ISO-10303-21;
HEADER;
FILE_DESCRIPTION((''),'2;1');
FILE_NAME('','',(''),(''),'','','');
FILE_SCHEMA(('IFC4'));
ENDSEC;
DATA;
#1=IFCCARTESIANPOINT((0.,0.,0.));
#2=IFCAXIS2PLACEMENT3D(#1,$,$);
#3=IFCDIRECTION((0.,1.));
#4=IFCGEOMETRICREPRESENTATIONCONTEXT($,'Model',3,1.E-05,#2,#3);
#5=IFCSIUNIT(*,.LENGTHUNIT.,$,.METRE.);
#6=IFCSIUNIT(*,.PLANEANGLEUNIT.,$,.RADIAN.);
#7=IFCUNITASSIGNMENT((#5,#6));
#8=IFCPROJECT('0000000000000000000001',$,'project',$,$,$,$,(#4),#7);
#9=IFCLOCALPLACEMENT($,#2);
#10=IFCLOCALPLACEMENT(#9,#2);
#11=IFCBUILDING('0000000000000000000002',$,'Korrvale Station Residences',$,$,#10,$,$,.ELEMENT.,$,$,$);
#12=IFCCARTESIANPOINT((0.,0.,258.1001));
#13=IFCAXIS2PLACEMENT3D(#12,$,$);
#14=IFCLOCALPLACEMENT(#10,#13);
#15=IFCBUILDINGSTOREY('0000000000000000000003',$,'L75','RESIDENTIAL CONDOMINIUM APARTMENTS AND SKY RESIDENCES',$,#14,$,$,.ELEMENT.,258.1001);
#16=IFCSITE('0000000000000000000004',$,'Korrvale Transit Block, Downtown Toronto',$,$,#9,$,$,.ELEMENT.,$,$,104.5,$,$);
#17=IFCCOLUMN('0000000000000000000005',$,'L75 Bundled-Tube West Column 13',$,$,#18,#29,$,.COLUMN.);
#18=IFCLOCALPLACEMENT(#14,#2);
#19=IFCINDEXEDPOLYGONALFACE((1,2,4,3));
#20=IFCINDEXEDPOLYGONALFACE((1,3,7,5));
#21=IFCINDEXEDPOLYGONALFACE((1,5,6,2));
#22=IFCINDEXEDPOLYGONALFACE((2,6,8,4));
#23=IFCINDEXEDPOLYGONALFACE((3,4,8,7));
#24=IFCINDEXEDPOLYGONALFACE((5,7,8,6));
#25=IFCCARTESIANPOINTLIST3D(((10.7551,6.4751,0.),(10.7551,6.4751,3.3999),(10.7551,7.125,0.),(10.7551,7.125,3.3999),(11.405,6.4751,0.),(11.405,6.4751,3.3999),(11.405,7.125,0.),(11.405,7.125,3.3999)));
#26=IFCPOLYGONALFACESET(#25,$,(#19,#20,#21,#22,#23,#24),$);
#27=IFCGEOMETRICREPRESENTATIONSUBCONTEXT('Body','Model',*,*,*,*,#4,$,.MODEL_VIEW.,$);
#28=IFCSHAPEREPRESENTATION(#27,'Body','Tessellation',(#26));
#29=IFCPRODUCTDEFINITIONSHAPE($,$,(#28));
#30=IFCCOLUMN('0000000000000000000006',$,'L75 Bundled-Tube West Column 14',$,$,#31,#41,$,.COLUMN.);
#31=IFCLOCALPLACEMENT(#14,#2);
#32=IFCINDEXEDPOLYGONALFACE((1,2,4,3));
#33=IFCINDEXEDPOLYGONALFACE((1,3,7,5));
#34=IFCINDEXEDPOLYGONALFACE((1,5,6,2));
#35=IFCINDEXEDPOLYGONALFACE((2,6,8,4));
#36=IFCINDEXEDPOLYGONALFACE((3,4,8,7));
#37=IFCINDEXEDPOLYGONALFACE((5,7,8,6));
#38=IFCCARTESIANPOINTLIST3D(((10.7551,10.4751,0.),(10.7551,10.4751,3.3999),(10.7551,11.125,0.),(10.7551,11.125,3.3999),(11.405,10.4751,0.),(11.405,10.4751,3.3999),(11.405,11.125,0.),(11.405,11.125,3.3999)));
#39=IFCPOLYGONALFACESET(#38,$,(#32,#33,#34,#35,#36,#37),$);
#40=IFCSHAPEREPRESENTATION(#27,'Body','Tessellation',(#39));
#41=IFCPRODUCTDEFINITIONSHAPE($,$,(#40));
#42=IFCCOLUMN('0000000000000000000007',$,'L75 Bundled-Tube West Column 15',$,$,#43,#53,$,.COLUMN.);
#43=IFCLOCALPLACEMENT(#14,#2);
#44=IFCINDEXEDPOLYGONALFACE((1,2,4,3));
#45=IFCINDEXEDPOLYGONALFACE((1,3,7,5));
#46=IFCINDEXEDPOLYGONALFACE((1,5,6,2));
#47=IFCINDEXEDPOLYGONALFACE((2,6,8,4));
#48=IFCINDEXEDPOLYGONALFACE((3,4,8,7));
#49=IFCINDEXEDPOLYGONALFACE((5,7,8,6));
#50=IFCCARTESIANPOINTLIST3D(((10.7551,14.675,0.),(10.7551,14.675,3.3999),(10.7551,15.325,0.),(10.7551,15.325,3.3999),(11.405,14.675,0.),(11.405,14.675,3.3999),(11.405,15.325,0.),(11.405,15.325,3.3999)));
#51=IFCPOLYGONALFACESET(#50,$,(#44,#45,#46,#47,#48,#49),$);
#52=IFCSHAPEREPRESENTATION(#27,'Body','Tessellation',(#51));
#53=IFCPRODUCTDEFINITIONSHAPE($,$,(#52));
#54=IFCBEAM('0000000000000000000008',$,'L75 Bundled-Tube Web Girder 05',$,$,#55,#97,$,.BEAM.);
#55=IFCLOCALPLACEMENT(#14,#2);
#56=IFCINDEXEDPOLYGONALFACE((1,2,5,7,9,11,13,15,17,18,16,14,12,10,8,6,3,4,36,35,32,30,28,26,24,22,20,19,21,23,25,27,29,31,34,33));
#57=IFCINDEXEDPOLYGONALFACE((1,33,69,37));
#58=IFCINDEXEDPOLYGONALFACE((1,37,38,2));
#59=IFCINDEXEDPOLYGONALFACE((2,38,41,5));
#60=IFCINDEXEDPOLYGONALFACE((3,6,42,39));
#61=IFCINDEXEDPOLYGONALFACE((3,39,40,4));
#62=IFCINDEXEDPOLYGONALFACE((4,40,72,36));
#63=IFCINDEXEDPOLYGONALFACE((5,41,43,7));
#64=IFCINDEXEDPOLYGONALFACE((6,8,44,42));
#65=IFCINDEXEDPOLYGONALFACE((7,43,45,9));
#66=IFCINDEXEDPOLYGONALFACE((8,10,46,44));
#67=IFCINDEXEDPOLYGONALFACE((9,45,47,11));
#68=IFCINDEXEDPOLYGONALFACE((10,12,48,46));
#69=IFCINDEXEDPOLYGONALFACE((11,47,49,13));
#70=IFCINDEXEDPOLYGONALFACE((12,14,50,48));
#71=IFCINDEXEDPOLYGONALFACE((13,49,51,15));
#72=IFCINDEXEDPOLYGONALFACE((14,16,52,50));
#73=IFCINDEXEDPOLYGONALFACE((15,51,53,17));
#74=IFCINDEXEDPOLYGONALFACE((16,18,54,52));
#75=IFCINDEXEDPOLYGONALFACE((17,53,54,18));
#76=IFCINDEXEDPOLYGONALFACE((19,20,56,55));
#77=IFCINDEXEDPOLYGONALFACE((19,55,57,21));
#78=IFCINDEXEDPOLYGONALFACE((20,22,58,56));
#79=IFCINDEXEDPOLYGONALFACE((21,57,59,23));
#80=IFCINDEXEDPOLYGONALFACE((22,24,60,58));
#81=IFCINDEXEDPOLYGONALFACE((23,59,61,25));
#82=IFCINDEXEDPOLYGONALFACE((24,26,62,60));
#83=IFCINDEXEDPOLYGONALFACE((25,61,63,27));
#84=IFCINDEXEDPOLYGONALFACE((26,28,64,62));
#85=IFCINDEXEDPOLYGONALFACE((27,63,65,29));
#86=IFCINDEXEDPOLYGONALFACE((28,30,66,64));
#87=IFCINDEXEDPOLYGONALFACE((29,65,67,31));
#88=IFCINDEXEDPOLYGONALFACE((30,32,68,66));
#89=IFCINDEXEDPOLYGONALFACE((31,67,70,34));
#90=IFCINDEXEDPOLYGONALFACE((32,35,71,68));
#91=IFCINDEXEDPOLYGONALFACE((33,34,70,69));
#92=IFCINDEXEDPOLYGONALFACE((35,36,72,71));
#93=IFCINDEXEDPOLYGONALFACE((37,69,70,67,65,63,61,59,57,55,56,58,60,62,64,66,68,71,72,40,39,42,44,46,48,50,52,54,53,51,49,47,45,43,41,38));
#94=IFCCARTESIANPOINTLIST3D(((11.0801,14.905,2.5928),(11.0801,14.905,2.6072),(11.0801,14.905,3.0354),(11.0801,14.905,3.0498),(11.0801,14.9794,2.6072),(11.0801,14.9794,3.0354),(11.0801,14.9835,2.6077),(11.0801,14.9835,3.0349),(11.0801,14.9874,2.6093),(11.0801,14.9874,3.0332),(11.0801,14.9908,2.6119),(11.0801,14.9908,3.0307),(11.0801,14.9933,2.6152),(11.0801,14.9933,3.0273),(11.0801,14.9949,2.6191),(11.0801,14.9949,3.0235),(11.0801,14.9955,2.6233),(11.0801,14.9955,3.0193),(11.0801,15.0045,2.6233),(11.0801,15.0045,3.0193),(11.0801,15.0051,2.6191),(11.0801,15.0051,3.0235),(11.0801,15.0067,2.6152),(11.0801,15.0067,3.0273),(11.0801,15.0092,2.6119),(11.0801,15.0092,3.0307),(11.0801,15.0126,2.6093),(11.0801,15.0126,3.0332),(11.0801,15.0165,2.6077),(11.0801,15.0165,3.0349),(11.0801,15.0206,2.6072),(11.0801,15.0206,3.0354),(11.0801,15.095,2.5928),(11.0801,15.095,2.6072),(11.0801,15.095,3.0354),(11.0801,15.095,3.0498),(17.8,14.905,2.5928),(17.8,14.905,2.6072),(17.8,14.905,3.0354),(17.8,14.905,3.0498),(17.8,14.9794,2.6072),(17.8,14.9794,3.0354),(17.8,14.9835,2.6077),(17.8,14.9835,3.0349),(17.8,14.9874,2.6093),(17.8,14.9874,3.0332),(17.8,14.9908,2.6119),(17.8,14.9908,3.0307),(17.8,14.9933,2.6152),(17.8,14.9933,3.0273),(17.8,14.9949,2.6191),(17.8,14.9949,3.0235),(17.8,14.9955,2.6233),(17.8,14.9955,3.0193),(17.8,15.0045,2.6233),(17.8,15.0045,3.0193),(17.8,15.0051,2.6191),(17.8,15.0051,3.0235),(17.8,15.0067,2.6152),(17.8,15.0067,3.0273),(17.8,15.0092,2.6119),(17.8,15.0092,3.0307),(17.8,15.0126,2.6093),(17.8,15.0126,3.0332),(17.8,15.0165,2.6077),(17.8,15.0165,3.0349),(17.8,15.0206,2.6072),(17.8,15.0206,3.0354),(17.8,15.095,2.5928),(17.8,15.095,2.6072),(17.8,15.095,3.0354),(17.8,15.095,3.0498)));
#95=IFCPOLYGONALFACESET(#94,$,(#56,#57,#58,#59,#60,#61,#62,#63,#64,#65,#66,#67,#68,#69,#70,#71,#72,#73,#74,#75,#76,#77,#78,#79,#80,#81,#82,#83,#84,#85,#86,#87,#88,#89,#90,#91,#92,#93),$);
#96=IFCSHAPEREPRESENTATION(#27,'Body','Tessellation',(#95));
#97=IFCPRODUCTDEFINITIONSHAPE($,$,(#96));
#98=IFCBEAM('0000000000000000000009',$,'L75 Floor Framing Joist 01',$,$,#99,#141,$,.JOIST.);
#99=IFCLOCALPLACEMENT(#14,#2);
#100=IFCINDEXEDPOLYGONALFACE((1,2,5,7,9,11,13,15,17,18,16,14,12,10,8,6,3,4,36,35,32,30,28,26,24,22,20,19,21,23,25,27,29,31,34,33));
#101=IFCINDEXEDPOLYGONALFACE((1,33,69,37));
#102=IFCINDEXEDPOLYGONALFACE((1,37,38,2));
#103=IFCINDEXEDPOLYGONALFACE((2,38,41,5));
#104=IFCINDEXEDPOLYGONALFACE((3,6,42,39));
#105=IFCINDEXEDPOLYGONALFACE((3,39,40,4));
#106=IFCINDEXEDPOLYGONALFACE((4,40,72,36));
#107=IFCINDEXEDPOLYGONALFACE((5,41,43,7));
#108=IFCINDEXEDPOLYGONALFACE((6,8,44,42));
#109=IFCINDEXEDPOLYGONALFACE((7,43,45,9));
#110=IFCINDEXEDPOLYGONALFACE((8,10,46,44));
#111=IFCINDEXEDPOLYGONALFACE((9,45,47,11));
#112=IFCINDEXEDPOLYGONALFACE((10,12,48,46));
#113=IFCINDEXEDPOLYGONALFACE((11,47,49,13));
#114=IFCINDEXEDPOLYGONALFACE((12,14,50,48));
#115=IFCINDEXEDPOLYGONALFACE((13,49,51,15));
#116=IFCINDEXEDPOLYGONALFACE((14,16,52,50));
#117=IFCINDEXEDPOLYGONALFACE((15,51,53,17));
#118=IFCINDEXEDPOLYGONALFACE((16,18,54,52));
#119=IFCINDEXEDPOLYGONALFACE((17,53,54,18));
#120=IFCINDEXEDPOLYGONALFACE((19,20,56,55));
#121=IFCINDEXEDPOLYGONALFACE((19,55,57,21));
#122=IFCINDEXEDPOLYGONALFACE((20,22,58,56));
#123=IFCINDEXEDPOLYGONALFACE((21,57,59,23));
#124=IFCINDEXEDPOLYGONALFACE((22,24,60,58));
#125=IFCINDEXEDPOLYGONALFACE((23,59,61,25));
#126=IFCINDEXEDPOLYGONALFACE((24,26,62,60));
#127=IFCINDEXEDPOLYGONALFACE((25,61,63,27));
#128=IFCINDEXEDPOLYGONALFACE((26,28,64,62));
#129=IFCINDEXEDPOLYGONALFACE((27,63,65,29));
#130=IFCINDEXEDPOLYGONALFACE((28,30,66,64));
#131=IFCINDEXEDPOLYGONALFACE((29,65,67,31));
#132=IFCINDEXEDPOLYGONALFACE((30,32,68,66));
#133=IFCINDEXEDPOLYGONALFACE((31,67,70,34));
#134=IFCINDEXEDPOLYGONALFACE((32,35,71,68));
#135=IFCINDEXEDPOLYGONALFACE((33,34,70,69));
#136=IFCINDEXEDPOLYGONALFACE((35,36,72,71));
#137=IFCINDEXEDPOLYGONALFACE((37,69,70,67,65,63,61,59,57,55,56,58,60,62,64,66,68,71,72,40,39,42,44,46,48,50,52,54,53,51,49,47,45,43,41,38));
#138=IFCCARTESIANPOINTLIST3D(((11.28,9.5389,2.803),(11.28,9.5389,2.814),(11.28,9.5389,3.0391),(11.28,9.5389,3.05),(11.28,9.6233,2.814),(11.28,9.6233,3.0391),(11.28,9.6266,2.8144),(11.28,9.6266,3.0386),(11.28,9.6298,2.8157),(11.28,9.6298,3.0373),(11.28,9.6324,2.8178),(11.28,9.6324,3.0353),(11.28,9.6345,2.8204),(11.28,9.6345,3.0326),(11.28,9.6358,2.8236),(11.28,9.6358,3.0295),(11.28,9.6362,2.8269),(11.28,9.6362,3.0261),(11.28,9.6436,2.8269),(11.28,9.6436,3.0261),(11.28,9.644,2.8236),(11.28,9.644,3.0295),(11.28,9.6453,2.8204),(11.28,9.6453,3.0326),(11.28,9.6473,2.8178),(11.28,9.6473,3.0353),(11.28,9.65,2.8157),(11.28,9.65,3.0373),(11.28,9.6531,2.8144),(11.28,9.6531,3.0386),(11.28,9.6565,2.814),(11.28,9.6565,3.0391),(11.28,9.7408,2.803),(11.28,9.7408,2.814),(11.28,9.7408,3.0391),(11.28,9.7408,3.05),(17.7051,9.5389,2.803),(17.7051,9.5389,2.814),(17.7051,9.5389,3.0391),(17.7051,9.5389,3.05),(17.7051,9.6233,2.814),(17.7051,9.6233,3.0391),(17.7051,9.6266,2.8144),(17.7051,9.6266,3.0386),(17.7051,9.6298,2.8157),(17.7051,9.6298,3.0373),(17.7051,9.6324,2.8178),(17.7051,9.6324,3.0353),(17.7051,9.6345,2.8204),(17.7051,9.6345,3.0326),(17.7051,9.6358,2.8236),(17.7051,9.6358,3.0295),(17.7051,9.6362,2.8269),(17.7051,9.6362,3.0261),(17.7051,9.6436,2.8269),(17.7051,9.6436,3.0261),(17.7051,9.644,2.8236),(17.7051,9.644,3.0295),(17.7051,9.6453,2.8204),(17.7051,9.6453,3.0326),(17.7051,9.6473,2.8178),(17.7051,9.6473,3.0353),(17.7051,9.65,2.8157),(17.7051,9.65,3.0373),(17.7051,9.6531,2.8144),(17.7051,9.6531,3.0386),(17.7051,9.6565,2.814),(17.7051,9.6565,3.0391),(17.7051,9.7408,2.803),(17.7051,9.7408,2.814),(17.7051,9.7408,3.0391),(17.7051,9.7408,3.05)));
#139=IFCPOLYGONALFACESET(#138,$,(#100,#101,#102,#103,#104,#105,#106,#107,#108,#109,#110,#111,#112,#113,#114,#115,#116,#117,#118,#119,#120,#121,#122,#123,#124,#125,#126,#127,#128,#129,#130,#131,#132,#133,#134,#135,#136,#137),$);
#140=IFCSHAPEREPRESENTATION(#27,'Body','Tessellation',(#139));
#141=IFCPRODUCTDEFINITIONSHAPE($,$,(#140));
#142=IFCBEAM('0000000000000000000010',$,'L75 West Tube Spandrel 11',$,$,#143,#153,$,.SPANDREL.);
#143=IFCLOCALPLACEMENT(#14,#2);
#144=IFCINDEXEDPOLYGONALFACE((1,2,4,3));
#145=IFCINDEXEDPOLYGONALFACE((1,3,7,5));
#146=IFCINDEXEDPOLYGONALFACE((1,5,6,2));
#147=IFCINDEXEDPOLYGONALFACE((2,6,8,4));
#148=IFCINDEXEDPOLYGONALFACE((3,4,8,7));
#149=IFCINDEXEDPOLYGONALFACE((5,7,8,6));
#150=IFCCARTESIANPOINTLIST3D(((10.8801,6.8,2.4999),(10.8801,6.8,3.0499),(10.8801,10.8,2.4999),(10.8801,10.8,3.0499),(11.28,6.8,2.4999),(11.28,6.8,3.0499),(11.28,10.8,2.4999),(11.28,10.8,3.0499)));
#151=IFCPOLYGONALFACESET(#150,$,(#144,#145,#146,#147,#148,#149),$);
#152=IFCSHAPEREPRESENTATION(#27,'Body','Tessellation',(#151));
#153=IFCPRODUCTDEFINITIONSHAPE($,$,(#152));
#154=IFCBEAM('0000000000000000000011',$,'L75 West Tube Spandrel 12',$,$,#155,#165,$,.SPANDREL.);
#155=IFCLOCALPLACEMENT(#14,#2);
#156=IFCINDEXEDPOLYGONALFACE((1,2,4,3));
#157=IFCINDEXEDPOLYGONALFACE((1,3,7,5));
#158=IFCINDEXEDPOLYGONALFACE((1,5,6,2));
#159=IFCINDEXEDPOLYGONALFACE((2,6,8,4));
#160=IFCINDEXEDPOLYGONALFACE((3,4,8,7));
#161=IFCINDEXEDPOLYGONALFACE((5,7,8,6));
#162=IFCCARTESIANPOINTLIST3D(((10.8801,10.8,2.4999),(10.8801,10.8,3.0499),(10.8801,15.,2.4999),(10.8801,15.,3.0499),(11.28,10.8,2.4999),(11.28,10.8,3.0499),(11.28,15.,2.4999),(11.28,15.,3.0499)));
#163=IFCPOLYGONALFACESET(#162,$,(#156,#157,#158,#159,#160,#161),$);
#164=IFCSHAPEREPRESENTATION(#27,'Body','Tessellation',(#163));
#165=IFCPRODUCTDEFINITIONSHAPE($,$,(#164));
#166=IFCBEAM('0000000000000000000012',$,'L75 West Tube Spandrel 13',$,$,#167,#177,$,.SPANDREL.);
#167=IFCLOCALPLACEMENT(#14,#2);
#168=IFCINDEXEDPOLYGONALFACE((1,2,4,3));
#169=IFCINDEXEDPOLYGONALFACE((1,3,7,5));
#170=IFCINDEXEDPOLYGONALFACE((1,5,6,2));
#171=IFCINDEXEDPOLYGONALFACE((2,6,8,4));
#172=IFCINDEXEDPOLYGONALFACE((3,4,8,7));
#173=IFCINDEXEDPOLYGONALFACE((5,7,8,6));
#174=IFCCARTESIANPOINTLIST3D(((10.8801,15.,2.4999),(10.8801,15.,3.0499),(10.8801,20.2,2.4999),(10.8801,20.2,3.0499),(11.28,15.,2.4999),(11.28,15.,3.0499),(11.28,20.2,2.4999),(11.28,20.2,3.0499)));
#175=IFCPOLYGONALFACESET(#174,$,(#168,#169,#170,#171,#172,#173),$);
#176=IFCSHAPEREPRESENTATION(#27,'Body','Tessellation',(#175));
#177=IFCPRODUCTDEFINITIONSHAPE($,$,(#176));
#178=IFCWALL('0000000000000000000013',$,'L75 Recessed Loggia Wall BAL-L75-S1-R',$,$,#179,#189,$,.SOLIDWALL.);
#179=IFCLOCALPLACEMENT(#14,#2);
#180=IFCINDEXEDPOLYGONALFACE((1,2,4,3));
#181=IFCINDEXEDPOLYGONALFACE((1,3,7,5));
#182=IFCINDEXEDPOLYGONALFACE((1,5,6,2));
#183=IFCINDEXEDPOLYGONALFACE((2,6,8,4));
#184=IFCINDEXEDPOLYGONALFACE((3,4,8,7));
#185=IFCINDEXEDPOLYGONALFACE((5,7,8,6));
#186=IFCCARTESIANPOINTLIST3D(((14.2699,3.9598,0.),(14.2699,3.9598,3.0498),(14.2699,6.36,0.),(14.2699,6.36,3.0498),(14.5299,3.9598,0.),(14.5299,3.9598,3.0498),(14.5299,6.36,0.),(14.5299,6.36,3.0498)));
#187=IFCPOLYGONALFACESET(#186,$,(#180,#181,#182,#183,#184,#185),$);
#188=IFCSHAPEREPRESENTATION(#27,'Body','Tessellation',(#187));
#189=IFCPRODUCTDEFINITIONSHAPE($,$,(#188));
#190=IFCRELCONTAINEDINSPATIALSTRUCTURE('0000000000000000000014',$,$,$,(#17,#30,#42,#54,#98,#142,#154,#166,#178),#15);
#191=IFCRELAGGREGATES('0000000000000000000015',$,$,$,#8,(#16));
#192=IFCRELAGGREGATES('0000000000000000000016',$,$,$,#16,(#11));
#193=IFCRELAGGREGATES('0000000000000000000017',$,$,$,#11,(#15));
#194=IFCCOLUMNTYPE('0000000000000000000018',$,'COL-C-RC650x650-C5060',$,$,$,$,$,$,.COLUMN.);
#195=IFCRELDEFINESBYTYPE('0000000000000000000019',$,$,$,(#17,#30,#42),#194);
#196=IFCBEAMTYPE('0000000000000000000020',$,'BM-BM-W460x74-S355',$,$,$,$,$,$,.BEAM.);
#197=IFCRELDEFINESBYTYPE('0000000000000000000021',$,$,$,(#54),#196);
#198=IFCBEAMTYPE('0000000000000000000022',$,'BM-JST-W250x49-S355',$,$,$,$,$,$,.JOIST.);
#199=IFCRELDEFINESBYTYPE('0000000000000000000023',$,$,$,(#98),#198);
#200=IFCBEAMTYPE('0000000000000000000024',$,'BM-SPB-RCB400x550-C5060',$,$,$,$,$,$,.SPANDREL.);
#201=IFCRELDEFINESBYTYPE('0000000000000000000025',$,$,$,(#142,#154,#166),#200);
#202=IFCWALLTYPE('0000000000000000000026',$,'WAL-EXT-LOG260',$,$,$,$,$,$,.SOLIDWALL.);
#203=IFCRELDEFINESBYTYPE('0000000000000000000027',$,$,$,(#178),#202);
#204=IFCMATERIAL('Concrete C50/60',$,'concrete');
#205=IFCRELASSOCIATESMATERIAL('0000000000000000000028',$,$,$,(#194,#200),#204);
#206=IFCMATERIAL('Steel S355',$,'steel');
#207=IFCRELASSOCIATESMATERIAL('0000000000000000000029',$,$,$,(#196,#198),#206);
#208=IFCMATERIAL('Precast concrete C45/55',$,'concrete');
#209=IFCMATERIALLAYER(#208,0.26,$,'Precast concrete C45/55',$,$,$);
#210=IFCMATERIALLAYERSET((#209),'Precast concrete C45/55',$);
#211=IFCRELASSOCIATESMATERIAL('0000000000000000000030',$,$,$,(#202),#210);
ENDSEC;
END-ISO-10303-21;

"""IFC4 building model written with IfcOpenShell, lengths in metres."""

from ifc_helpers import new_model, si_unit, direction, frame, frame_2d, origin, origin_2d, place, context, subcontext, project, spatial, rectangle, i_section, extrude, material, layer, layer_set, material_profile, profile_set, type_object, element, save


model = new_model("IFC4")

# Units and contexts
model_context = context("Model", 3, precision=1e-05, world=origin(), true_north=direction((0.0, 1.0)))
body_context = subcontext(model_context, "Body", "Model", "MODEL_VIEW")
ifc_project = project(units=[si_unit("LENGTHUNIT", "METRE"), si_unit("PLANEANGLEUNIT", "RADIAN")], contexts=[model_context])

# Site, building, storey
site_placement = place(None, origin())
site = spatial("IfcSite", under=ifc_project, at=site_placement, Name="Korrvale Transit Block, Downtown Toronto", CompositionType="ELEMENT", RefElevation=104.5)
building_placement = place(site_placement, origin())
building = spatial("IfcBuilding", under=site, at=building_placement, Name="Korrvale Station Residences", CompositionType="ELEMENT")
storey_placement = place(building_placement, frame((0.0, 0.0, 258.1001)))
storey = spatial("IfcBuildingStorey", under=building, at=storey_placement, Name="L75", Description="RESIDENTIAL CONDOMINIUM APARTMENTS AND SKY RESIDENCES", CompositionType="ELEMENT", Elevation=258.1001)

# Columns
ifc_material_1 = material(Name="Concrete C50/60", Category="concrete")
ifc_material_profile_1 = material_profile(ifc_material_1, rectangle(XDim=0.6499, YDim=0.6499, at=origin_2d()), Name="RC650x650")
ifc_profile_set_1 = profile_set([ifc_material_profile_1], Name="Concrete C50/60")
column_type = type_object("IfcColumnType", Name="COL-C-RC650x650-C5060", PredefinedType="COLUMN", material=ifc_profile_set_1)
for number, where, z_axis, x_axis, name in (
    (1, (11.0801, 6.8, 0.0), (0.0, 0.0, 1.0), (1.0, 0.0, 0.0), "L75 Bundled-Tube West Column 13"),
    (2, (11.0801, 10.8, 0.0), (0.0, 0.0, 1.0), (1.0, 0.0, 0.0), "L75 Bundled-Tube West Column 14"),
    (3, (11.0801, 15.0, 0.0), (0.0, 0.0, 1.0), (1.0, 0.0, 0.0), "L75 Bundled-Tube West Column 15"),
):
    element("IfcColumn", number, at=place(storey_placement, frame(where, z_axis=z_axis, x_axis=x_axis)), inside=storey, type_object=column_type, Name=name, PredefinedType="COLUMN", context=body_context, shape_type="SweptSolid", body=[
        extrude(rectangle(XDim=0.6499, YDim=0.6499, at=origin_2d()), origin(), (0.0, 0.0, 1.0), 3.3999),
    ])

# Beams
ifc_material_2 = material(Name="Steel S355", Category="steel")
ifc_material_profile_2 = material_profile(ifc_material_2, i_section(OverallWidth=0.1899, OverallDepth=0.457, WebThickness=0.009, FlangeThickness=0.0144, FilletRadius=0.0161, at=origin_2d()), Name="W460x74")
ifc_profile_set_2 = profile_set([ifc_material_profile_2], Name="Steel S355")
beam_type_1 = type_object("IfcBeamType", Name="BM-BM-W460x74-S355", PredefinedType="BEAM", material=ifc_profile_set_2)
beam_1_placement = place(storey_placement, frame((11.0801, 15.0, 2.8213), z_axis=(1.0, 0.0, 0.0), x_axis=(0.0, 1.0, 0.0)))
element("IfcBeam", 4, at=beam_1_placement, inside=storey, type_object=beam_type_1, Name="L75 Bundled-Tube Web Girder 05", PredefinedType="BEAM", context=body_context, shape_type="SweptSolid", body=[
    extrude(i_section(OverallWidth=0.1899, OverallDepth=0.457, WebThickness=0.009, FlangeThickness=0.0144, FilletRadius=0.0161, at=origin_2d()), origin(), (0.0, 0.0, 1.0), 6.72),
])
ifc_material_profile_3 = material_profile(ifc_material_2, i_section(OverallWidth=0.2019, OverallDepth=0.2471, WebThickness=0.0073, FlangeThickness=0.011, FilletRadius=0.0129, at=origin_2d()), Name="W250x49")
ifc_profile_set_3 = profile_set([ifc_material_profile_3], Name="Steel S355")
beam_type_2 = type_object("IfcBeamType", Name="BM-JST-W250x49-S355", PredefinedType="JOIST", material=ifc_profile_set_3)
beam_2_placement = place(storey_placement, frame((11.28, 9.6399, 2.9265), z_axis=(1.0, 0.0, 0.0), x_axis=(0.0, 1.0, 0.0)))
element("IfcBeam", 5, at=beam_2_placement, inside=storey, type_object=beam_type_2, Name="L75 Floor Framing Joist 01", PredefinedType="JOIST", context=body_context, shape_type="SweptSolid", body=[
    extrude(i_section(OverallWidth=0.2019, OverallDepth=0.2471, WebThickness=0.0073, FlangeThickness=0.011, FilletRadius=0.0129, at=origin_2d()), origin(), (0.0, 0.0, 1.0), 6.425),
])
ifc_material_profile_4 = material_profile(ifc_material_1, rectangle(XDim=0.3999, YDim=0.55, at=origin_2d()), Name="RCB400x550")
ifc_profile_set_4 = profile_set([ifc_material_profile_4], Name="Concrete C50/60")
beam_type_3 = type_object("IfcBeamType", Name="BM-SPB-RCB400x550-C5060", PredefinedType="SPANDREL", material=ifc_profile_set_4)
beam_3_placement = place(storey_placement, frame((11.0801, 6.8, 2.7749), z_axis=(0.0, 1.0, 0.0), x_axis=(-1.0, 0.0, 0.0)))
element("IfcBeam", 6, at=beam_3_placement, inside=storey, type_object=beam_type_3, Name="L75 West Tube Spandrel 11", PredefinedType="SPANDREL", context=body_context, shape_type="SweptSolid", body=[
    extrude(rectangle(XDim=0.3999, YDim=0.55, at=origin_2d()), origin(), (0.0, 0.0, 1.0), 4.0),
])
beam_4_placement = place(storey_placement, frame((11.0801, 10.8, 2.7749), z_axis=(0.0, 1.0, 0.0), x_axis=(-1.0, 0.0, 0.0)))
element("IfcBeam", 7, at=beam_4_placement, inside=storey, type_object=beam_type_3, Name="L75 West Tube Spandrel 12", PredefinedType="SPANDREL", context=body_context, shape_type="SweptSolid", body=[
    extrude(rectangle(XDim=0.3999, YDim=0.55, at=origin_2d()), origin(), (0.0, 0.0, 1.0), 4.2),
])
beam_5_placement = place(storey_placement, frame((11.0801, 15.0, 2.7749), z_axis=(0.0, 1.0, 0.0), x_axis=(-1.0, 0.0, 0.0)))
element("IfcBeam", 8, at=beam_5_placement, inside=storey, type_object=beam_type_3, Name="L75 West Tube Spandrel 13", PredefinedType="SPANDREL", context=body_context, shape_type="SweptSolid", body=[
    extrude(rectangle(XDim=0.3999, YDim=0.55, at=origin_2d()), origin(), (0.0, 0.0, 1.0), 5.2),
])

# Wall
ifc_material_3 = material(Name="Precast concrete C45/55", Category="concrete")
ifc_layer_1 = layer(ifc_material_3, 0.26, Name="Precast concrete C45/55")
ifc_layer_set_1 = layer_set([ifc_layer_1], Name="Precast concrete C45/55")
wall_type_1 = type_object("IfcWallType", Name="WAL-EXT-LOG260", PredefinedType="SOLIDWALL", material=ifc_layer_set_1)
wall_1_placement = place(storey_placement, frame((14.3999, 6.3601, 0.0), z_axis=(0.0, 0.0, 1.0), x_axis=(0.0, -1.0, 0.0)))
element("IfcWall", 9, at=wall_1_placement, inside=storey, type_object=wall_type_1, Name="L75 Recessed Loggia Wall BAL-L75-S1-R", PredefinedType="SOLIDWALL", context=body_context, shape_type="SweptSolid", body=[
    extrude(rectangle(XDim=2.4001, YDim=0.26, at=frame_2d((1.2002, 0.0))), origin(), (0.0, 0.0, 1.0), 3.0498),
])

save(model, "model.ifc")
